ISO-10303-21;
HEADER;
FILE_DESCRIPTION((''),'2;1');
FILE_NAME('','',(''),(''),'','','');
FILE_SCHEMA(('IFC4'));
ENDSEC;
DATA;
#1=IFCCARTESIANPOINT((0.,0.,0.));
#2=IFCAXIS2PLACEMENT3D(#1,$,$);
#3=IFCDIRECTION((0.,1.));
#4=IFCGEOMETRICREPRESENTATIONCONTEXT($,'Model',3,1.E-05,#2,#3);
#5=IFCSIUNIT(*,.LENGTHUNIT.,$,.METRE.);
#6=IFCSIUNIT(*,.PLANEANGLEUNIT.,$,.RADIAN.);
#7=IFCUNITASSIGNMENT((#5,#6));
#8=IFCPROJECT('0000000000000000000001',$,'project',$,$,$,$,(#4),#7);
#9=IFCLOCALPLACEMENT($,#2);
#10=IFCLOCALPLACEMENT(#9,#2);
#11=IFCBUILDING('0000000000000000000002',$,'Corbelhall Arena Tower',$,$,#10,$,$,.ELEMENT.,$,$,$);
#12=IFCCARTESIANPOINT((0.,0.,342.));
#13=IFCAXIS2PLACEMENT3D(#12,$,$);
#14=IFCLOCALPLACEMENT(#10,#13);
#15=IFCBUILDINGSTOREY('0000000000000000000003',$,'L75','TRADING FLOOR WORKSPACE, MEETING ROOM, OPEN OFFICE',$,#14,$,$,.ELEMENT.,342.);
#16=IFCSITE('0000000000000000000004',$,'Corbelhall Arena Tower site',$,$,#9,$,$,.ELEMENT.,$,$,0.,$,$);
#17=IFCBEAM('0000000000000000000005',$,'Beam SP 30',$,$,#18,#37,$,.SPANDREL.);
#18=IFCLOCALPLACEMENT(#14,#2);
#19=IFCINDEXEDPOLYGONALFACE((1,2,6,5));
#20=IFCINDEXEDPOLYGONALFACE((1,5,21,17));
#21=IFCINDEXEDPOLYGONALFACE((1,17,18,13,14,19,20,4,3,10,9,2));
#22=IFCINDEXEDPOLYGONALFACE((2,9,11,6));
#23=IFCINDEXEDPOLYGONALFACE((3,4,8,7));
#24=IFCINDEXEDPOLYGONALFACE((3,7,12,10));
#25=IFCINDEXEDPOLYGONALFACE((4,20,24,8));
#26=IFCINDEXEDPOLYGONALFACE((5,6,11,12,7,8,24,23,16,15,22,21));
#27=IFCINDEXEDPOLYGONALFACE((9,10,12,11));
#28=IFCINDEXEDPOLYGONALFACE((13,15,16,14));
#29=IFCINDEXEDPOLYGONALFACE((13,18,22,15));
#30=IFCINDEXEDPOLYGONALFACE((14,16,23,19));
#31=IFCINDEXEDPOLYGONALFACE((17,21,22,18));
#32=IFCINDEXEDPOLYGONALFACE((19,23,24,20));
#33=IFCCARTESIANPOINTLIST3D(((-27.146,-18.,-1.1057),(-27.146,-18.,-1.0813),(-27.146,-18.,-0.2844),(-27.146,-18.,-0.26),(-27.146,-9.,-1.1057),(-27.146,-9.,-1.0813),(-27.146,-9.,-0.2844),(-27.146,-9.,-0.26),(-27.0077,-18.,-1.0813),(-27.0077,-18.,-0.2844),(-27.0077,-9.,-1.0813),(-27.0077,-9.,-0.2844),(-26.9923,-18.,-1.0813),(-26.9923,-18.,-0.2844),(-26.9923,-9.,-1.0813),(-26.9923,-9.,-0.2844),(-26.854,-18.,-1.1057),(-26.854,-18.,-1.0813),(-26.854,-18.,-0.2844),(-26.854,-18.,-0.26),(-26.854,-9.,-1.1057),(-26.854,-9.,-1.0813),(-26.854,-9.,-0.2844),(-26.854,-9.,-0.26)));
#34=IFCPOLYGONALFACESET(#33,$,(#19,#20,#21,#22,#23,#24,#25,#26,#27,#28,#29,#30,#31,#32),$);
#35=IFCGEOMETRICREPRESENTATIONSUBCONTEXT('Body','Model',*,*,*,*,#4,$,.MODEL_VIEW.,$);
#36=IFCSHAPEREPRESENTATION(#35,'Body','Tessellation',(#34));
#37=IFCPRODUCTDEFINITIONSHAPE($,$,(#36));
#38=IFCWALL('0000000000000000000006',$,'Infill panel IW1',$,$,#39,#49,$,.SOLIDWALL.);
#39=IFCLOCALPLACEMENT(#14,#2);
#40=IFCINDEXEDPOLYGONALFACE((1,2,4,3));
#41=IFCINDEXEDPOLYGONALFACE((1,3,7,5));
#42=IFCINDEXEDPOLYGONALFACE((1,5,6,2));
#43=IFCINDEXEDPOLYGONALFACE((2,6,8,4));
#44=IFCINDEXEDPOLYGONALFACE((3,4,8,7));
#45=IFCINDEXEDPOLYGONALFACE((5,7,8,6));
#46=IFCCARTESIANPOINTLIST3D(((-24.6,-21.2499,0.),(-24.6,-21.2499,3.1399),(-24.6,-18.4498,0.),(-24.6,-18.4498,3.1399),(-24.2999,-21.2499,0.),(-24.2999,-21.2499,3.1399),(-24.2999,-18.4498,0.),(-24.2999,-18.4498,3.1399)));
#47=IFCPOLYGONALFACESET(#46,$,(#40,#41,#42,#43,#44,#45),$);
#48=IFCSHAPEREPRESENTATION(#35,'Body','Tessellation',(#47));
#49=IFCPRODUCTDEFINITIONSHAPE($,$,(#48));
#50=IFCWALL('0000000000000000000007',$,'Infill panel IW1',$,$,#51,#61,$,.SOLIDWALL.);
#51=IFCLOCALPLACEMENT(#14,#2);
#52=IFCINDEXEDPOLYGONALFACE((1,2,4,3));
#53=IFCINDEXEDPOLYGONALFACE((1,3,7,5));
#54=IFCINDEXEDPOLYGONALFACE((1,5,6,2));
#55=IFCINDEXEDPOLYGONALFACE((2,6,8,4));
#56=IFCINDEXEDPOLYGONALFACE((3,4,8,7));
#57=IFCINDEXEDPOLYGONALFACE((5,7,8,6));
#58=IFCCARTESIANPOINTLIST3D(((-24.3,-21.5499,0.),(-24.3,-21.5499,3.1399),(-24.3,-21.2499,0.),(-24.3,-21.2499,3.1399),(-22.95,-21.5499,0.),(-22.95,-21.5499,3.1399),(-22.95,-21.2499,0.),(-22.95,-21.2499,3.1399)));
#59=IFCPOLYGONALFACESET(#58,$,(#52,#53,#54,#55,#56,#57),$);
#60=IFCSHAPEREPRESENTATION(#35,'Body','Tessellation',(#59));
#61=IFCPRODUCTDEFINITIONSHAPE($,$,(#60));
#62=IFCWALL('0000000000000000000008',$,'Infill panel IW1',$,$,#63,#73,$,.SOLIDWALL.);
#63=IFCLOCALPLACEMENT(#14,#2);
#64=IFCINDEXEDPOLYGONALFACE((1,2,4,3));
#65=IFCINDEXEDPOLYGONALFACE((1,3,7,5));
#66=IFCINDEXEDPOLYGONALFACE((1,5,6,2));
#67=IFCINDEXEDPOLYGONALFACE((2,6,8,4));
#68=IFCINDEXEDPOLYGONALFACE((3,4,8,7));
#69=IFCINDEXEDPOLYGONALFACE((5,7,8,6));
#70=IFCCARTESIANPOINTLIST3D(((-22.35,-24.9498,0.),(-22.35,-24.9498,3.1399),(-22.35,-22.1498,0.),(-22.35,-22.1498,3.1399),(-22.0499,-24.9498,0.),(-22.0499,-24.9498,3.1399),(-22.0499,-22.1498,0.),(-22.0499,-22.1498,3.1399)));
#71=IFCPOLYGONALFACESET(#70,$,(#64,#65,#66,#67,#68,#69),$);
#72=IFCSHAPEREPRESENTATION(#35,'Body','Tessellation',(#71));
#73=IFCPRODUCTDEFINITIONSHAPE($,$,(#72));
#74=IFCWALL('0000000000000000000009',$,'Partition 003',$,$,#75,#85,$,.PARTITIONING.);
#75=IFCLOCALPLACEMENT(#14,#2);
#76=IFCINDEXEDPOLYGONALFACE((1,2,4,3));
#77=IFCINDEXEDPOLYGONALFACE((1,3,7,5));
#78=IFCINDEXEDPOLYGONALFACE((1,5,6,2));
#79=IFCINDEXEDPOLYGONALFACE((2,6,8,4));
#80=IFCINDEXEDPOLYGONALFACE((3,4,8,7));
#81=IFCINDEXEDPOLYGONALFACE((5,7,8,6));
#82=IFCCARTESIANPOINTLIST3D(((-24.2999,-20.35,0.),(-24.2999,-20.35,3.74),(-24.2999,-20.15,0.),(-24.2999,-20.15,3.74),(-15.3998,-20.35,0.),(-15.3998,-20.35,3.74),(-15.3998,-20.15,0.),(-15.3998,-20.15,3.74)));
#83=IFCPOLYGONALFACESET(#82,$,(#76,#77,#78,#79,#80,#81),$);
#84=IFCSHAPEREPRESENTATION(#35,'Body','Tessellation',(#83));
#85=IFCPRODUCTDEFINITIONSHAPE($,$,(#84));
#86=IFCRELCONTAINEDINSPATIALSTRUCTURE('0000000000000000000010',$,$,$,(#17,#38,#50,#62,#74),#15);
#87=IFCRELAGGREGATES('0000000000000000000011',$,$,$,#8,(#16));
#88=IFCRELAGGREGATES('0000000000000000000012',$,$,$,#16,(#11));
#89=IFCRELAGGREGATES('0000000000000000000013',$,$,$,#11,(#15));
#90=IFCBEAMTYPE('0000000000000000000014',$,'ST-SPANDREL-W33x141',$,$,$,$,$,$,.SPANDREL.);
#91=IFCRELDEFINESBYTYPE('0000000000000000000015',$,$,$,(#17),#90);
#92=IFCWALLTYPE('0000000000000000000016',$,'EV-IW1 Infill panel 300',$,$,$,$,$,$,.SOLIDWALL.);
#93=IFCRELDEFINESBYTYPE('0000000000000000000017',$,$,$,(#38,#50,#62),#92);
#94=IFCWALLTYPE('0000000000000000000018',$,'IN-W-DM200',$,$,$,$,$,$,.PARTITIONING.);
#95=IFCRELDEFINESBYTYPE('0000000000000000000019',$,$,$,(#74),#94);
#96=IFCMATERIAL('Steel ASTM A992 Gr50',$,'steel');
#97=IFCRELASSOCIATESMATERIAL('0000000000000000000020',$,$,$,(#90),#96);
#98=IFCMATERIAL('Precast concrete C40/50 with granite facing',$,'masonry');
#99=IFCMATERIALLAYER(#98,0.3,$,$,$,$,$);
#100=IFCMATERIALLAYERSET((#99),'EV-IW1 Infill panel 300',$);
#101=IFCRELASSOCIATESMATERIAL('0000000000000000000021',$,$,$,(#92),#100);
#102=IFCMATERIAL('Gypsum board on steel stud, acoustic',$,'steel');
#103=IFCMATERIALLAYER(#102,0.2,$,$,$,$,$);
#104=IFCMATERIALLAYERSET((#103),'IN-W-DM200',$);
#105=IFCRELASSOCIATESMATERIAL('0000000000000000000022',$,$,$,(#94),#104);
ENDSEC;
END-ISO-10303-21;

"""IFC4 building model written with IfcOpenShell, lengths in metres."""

from ifc_helpers import new_model, si_unit, direction, frame, frame_2d, origin, origin_2d, place, context, subcontext, project, spatial, rectangle, i_section, extrude, material, layer, layer_set, material_profile, profile_set, type_object, element, save


model = new_model("IFC4")

# Units and contexts
model_context = context("Model", 3, precision=1e-05, world=origin(), true_north=direction((0.0, 1.0)))
body_context = subcontext(model_context, "Body", "Model", "MODEL_VIEW")
ifc_project = project(units=[si_unit("LENGTHUNIT", "METRE"), si_unit("PLANEANGLEUNIT", "RADIAN")], contexts=[model_context])

# Site, building, storey
site_placement = place(None, origin())
site = spatial("IfcSite", under=ifc_project, at=site_placement, Name="Corbelhall Arena Tower site", CompositionType="ELEMENT", RefElevation=0.0)
building_placement = place(site_placement, origin())
building = spatial("IfcBuilding", under=site, at=building_placement, Name="Corbelhall Arena Tower", CompositionType="ELEMENT")
storey_placement = place(building_placement, frame((0.0, 0.0, 342.0)))
storey = spatial("IfcBuildingStorey", under=building, at=storey_placement, Name="L75", Description="TRADING FLOOR WORKSPACE, MEETING ROOM, OPEN OFFICE", CompositionType="ELEMENT", Elevation=342.0)

# Beam
ifc_material_1 = material(Name="Steel ASTM A992 Gr50", Category="steel")
ifc_material_profile_1 = material_profile(ifc_material_1, i_section(OverallWidth=0.292, OverallDepth=0.8457, WebThickness=0.0154, FlangeThickness=0.0244, at=origin_2d()))
ifc_profile_set_1 = profile_set([ifc_material_profile_1], Name="Steel ASTM A992 Gr50")
beam_type_1 = type_object("IfcBeamType", Name="ST-SPANDREL-W33x141", PredefinedType="SPANDREL", material=ifc_profile_set_1)
beam_1_placement = place(storey_placement, frame((-27.0, -18.0, -0.6829), z_axis=(0.0, 1.0, 0.0), x_axis=(-1.0, 0.0, 0.0)))
element("IfcBeam", 1, at=beam_1_placement, inside=storey, type_object=beam_type_1, Name="Beam SP 30", PredefinedType="SPANDREL", context=body_context, shape_type="SweptSolid", body=[
    extrude(i_section(OverallWidth=0.292, OverallDepth=0.8457, WebThickness=0.0154, FlangeThickness=0.0244, at=origin_2d()), origin(), (0.0, 0.0, 1.0), 9.0),
])

# Walls
ifc_material_2 = material(Name="Precast concrete C40/50 with granite facing", Category="masonry")
ifc_layer_1 = layer(ifc_material_2, 0.3)
ifc_layer_set_1 = layer_set([ifc_layer_1], Name="EV-IW1 Infill panel 300")
wall_type_1 = type_object("IfcWallType", Name="EV-IW1 Infill panel 300", PredefinedType="SOLIDWALL", material=ifc_layer_set_1)
wall_1_placement = place(storey_placement, frame((-24.45, -18.45, 0.0), z_axis=(0.0, 0.0, 1.0), x_axis=(0.0, -1.0, 0.0)))
element("IfcWall", 2, at=wall_1_placement, inside=storey, type_object=wall_type_1, Name="Infill panel IW1", PredefinedType="SOLIDWALL", context=body_context, shape_type="SweptSolid", body=[
    extrude(rectangle(XDim=2.8, YDim=0.3, at=frame_2d((1.3999, 0.0))), origin(), (0.0, 0.0, 1.0), 3.1399),
])
wall_2_placement = place(storey_placement, frame((-24.3, -21.3999, 0.0), z_axis=(0.0, 0.0, 1.0), x_axis=(1.0, 0.0, 0.0)))
element("IfcWall", 3, at=wall_2_placement, inside=storey, type_object=wall_type_1, Name="Infill panel IW1", PredefinedType="SOLIDWALL", context=body_context, shape_type="SweptSolid", body=[
    extrude(rectangle(XDim=1.3501, YDim=0.3, at=frame_2d((0.675, 0.0))), origin(), (0.0, 0.0, 1.0), 3.1399),
])
wall_3_placement = place(storey_placement, frame((-22.2, -22.1499, 0.0), z_axis=(0.0, 0.0, 1.0), x_axis=(0.0, -1.0, 0.0)))
element("IfcWall", 4, at=wall_3_placement, inside=storey, type_object=wall_type_1, Name="Infill panel IW1", PredefinedType="SOLIDWALL", context=body_context, shape_type="SweptSolid", body=[
    extrude(rectangle(XDim=2.8, YDim=0.3, at=frame_2d((1.3999, 0.0))), origin(), (0.0, 0.0, 1.0), 3.1399),
])

# Wall
ifc_material_3 = material(Name="Gypsum board on steel stud, acoustic", Category="steel")
ifc_layer_2 = layer(ifc_material_3, 0.2)
ifc_layer_set_2 = layer_set([ifc_layer_2], Name="IN-W-DM200")
wall_type_2 = type_object("IfcWallType", Name="IN-W-DM200", PredefinedType="PARTITIONING", material=ifc_layer_set_2)
wall_4_placement = place(storey_placement, frame((-24.3, -20.25, 0.0), z_axis=(0.0, 0.0, 1.0), x_axis=(1.0, 0.0, 0.0)))
element("IfcWall", 5, at=wall_4_placement, inside=storey, type_object=wall_type_2, Name="Partition 003", PredefinedType="PARTITIONING", context=body_context, shape_type="SweptSolid", body=[
    extrude(rectangle(XDim=8.9001, YDim=0.2, at=frame_2d((4.4502, 0.0))), origin(), (0.0, 0.0, 1.0), 3.74),
])

save(model, "model.ifc")
